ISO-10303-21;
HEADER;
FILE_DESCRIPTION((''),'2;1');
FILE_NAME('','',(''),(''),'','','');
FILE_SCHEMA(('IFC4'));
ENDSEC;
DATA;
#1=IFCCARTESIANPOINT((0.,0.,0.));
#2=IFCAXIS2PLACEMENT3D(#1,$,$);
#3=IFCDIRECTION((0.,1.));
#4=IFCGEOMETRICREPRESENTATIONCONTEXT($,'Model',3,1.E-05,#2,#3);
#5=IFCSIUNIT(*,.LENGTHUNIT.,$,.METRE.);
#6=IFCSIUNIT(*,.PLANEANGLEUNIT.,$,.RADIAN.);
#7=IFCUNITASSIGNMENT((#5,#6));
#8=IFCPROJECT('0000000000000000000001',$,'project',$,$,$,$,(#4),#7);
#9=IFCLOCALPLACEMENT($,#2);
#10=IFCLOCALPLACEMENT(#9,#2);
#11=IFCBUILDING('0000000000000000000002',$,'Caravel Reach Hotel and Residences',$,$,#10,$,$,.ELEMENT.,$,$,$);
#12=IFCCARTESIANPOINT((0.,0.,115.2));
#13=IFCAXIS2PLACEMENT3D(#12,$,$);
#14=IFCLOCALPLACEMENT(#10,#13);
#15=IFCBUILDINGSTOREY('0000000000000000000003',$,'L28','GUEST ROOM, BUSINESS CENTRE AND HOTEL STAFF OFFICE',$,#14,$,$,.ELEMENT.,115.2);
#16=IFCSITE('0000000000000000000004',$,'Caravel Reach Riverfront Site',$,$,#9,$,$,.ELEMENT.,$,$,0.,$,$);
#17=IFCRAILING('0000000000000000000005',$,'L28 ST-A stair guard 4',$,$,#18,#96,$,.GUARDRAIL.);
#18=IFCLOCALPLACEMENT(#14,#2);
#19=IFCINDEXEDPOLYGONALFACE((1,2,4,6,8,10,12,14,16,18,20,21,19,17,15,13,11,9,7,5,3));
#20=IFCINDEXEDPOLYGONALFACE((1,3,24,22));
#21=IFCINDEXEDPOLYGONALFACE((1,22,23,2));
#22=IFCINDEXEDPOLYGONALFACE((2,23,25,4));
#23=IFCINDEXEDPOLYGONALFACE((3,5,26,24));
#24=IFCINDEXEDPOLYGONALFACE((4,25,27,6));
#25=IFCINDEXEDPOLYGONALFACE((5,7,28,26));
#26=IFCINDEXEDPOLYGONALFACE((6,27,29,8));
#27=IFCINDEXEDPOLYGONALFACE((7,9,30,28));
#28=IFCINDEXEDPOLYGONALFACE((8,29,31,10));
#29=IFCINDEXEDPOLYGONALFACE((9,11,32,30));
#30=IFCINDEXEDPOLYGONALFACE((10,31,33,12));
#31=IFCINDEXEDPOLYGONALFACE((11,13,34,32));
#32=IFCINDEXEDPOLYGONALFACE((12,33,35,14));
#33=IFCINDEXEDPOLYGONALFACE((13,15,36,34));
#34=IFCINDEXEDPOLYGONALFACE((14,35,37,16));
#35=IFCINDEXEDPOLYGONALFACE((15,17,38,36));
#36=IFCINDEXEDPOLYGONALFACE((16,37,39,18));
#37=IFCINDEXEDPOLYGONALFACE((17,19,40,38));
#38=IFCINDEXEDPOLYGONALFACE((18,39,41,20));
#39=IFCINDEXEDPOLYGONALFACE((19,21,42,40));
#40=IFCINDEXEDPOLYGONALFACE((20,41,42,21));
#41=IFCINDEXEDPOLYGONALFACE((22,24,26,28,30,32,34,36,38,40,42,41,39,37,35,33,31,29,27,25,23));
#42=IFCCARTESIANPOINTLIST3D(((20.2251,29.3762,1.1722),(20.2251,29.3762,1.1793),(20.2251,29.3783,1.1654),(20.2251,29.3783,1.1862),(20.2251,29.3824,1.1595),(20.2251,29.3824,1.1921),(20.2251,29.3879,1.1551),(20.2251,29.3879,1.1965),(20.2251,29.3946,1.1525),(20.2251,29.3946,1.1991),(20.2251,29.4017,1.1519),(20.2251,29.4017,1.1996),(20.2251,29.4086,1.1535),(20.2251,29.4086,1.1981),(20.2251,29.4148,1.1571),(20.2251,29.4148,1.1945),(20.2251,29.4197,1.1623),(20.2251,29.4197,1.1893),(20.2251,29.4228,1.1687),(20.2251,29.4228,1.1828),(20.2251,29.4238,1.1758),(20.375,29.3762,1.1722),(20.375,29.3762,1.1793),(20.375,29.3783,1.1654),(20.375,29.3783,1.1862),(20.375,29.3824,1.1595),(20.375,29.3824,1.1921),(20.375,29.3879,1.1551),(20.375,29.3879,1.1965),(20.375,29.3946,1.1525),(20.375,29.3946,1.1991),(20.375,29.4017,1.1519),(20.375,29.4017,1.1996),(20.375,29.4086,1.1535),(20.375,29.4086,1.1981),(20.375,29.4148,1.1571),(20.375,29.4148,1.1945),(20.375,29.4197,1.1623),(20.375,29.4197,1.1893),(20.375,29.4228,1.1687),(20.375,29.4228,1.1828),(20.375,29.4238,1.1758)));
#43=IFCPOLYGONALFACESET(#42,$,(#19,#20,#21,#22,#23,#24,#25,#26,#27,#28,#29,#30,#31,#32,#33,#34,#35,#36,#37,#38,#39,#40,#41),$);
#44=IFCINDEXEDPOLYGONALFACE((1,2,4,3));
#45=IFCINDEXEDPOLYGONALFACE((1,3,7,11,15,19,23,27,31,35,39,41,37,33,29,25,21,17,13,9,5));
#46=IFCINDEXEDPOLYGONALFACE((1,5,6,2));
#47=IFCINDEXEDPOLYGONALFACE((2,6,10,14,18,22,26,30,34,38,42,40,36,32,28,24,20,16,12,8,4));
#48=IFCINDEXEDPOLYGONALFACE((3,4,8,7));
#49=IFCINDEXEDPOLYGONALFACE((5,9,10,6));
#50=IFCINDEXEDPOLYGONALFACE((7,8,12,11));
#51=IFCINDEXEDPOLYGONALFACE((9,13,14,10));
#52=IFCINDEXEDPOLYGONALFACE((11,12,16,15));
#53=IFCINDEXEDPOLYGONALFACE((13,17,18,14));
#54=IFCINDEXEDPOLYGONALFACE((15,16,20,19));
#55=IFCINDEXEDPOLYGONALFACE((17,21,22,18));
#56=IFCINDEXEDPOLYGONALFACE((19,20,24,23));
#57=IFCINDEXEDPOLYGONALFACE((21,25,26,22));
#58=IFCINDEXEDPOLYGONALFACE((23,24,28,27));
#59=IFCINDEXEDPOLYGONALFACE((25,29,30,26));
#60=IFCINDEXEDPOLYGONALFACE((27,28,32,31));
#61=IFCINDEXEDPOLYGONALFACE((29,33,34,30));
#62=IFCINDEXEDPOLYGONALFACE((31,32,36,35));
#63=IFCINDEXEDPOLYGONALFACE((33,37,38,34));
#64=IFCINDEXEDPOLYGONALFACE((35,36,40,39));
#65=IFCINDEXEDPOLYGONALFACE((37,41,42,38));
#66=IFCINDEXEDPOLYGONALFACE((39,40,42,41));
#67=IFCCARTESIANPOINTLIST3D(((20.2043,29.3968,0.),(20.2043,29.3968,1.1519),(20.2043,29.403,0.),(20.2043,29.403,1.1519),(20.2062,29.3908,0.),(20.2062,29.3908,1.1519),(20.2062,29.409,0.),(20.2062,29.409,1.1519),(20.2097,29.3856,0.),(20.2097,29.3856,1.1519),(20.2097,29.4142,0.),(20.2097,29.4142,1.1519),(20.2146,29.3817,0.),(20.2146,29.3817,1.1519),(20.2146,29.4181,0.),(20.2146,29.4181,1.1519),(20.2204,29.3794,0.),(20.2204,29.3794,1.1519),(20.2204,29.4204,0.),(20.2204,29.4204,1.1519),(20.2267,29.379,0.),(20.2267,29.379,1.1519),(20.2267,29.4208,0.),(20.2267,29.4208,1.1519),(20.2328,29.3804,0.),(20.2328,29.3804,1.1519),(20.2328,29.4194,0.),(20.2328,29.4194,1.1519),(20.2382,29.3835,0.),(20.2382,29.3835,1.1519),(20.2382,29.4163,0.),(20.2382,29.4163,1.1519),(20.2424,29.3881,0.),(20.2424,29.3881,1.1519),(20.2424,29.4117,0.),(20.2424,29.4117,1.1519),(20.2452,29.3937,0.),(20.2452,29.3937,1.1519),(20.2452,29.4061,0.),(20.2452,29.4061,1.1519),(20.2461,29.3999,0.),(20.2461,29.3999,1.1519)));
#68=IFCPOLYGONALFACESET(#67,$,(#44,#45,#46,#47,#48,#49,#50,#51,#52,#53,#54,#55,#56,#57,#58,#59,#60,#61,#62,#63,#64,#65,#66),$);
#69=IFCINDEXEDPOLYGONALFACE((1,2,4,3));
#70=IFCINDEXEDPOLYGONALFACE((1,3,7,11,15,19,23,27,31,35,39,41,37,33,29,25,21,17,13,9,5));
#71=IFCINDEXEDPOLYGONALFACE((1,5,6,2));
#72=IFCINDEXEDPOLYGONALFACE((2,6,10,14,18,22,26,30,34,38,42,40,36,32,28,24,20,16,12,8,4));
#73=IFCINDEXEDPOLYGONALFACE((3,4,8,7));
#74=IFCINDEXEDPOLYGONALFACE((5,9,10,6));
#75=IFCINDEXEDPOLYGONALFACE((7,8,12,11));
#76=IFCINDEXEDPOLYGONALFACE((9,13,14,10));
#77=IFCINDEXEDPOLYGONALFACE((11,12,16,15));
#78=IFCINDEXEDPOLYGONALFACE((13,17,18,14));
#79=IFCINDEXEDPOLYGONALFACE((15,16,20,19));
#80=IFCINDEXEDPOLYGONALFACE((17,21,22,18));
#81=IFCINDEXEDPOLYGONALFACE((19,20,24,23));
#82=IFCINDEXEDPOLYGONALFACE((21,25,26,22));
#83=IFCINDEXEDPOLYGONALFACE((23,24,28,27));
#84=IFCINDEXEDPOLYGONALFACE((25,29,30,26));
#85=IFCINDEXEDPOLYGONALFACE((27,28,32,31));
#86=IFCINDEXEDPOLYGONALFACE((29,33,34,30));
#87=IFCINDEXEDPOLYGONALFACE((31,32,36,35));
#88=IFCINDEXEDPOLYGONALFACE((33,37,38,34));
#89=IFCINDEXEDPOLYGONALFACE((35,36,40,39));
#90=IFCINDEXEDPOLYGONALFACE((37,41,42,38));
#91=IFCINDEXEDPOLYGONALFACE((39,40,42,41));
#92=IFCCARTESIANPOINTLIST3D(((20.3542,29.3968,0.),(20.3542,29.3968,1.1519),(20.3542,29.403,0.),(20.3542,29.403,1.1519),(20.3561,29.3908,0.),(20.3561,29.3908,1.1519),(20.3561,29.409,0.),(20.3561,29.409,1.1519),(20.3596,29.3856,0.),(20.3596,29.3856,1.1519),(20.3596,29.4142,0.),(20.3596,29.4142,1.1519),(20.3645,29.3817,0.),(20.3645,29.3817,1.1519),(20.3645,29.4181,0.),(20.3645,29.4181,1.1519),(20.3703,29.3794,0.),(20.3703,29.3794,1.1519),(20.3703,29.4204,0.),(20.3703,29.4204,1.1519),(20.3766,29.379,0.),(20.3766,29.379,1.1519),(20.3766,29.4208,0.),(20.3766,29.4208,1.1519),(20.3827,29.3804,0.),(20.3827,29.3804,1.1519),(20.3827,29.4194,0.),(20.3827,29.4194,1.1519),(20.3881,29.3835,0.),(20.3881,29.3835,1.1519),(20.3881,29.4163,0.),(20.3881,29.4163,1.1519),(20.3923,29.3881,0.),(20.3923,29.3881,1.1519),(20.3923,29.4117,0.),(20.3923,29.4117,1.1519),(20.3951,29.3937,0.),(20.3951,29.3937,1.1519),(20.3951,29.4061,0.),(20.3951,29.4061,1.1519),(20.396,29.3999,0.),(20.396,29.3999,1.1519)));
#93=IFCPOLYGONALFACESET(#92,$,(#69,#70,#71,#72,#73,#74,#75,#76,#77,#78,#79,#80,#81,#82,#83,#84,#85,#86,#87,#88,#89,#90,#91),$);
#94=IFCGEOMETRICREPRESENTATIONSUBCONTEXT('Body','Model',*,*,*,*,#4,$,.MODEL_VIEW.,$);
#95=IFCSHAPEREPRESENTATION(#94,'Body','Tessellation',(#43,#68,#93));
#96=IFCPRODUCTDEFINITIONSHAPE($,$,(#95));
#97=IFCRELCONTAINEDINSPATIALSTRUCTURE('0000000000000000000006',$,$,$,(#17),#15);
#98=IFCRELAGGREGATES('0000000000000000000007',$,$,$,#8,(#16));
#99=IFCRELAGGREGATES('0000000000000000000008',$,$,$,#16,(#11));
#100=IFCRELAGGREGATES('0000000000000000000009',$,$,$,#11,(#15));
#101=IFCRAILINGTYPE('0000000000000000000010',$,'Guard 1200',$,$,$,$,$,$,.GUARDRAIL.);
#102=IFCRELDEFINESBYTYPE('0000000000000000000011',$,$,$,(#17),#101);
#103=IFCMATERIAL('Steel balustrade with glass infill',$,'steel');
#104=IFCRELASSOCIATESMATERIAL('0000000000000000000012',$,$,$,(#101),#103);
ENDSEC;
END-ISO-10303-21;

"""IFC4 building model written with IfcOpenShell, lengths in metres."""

from ifc_helpers import new_model, si_unit, direction, frame, origin, origin_2d, place, context, subcontext, project, spatial, circle, extrude, material, type_object, element, save


model = new_model("IFC4")

# Units and contexts
model_context = context("Model", 3, precision=1e-05, world=origin(), true_north=direction((0.0, 1.0)))
body_context = subcontext(model_context, "Body", "Model", "MODEL_VIEW")
ifc_project = project(units=[si_unit("LENGTHUNIT", "METRE"), si_unit("PLANEANGLEUNIT", "RADIAN")], contexts=[model_context])

# Site, building, storey
site_placement = place(None, origin())
site = spatial("IfcSite", under=ifc_project, at=site_placement, Name="Caravel Reach Riverfront Site", CompositionType="ELEMENT", RefElevation=0.0)
building_placement = place(site_placement, origin())
building = spatial("IfcBuilding", under=site, at=building_placement, Name="Caravel Reach Hotel and Residences", CompositionType="ELEMENT")
storey_placement = place(building_placement, frame((0.0, 0.0, 115.2)))
storey = spatial("IfcBuildingStorey", under=building, at=storey_placement, Name="L28", Description="GUEST ROOM, BUSINESS CENTRE AND HOTEL STAFF OFFICE", CompositionType="ELEMENT", Elevation=115.2)

# Railing
ifc_material_1 = material(Name="Steel balustrade with glass infill", Category="steel")
railing_type_1 = type_object("IfcRailingType", Name="Guard 1200", PredefinedType="GUARDRAIL", material=ifc_material_1)
railing_1_placement = place(storey_placement, frame((20.2251, 29.3999, 0.0)))
element("IfcRailing", 1, at=railing_1_placement, inside=storey, type_object=railing_type_1, Name="L28 ST-A stair guard 4", PredefinedType="GUARDRAIL", context=body_context, shape_type="SweptSolid", body=[
    extrude(circle(Radius=0.0239, at=origin_2d()), frame((0.0, 0.0, 1.1758), z_axis=(1.0, 0.0, 0.0), x_axis=(0.0, 1.0, 0.0)), (0.0, 0.0, 1.0), 0.1499),
    extrude(circle(Radius=0.021, at=origin_2d()), origin(), (0.0, 0.0, 1.0), 1.1519),
    extrude(circle(Radius=0.021, at=origin_2d()), frame((0.1499, 0.0, 0.0)), (0.0, 0.0, 1.0), 1.1519),
])

save(model, "model.ifc")
